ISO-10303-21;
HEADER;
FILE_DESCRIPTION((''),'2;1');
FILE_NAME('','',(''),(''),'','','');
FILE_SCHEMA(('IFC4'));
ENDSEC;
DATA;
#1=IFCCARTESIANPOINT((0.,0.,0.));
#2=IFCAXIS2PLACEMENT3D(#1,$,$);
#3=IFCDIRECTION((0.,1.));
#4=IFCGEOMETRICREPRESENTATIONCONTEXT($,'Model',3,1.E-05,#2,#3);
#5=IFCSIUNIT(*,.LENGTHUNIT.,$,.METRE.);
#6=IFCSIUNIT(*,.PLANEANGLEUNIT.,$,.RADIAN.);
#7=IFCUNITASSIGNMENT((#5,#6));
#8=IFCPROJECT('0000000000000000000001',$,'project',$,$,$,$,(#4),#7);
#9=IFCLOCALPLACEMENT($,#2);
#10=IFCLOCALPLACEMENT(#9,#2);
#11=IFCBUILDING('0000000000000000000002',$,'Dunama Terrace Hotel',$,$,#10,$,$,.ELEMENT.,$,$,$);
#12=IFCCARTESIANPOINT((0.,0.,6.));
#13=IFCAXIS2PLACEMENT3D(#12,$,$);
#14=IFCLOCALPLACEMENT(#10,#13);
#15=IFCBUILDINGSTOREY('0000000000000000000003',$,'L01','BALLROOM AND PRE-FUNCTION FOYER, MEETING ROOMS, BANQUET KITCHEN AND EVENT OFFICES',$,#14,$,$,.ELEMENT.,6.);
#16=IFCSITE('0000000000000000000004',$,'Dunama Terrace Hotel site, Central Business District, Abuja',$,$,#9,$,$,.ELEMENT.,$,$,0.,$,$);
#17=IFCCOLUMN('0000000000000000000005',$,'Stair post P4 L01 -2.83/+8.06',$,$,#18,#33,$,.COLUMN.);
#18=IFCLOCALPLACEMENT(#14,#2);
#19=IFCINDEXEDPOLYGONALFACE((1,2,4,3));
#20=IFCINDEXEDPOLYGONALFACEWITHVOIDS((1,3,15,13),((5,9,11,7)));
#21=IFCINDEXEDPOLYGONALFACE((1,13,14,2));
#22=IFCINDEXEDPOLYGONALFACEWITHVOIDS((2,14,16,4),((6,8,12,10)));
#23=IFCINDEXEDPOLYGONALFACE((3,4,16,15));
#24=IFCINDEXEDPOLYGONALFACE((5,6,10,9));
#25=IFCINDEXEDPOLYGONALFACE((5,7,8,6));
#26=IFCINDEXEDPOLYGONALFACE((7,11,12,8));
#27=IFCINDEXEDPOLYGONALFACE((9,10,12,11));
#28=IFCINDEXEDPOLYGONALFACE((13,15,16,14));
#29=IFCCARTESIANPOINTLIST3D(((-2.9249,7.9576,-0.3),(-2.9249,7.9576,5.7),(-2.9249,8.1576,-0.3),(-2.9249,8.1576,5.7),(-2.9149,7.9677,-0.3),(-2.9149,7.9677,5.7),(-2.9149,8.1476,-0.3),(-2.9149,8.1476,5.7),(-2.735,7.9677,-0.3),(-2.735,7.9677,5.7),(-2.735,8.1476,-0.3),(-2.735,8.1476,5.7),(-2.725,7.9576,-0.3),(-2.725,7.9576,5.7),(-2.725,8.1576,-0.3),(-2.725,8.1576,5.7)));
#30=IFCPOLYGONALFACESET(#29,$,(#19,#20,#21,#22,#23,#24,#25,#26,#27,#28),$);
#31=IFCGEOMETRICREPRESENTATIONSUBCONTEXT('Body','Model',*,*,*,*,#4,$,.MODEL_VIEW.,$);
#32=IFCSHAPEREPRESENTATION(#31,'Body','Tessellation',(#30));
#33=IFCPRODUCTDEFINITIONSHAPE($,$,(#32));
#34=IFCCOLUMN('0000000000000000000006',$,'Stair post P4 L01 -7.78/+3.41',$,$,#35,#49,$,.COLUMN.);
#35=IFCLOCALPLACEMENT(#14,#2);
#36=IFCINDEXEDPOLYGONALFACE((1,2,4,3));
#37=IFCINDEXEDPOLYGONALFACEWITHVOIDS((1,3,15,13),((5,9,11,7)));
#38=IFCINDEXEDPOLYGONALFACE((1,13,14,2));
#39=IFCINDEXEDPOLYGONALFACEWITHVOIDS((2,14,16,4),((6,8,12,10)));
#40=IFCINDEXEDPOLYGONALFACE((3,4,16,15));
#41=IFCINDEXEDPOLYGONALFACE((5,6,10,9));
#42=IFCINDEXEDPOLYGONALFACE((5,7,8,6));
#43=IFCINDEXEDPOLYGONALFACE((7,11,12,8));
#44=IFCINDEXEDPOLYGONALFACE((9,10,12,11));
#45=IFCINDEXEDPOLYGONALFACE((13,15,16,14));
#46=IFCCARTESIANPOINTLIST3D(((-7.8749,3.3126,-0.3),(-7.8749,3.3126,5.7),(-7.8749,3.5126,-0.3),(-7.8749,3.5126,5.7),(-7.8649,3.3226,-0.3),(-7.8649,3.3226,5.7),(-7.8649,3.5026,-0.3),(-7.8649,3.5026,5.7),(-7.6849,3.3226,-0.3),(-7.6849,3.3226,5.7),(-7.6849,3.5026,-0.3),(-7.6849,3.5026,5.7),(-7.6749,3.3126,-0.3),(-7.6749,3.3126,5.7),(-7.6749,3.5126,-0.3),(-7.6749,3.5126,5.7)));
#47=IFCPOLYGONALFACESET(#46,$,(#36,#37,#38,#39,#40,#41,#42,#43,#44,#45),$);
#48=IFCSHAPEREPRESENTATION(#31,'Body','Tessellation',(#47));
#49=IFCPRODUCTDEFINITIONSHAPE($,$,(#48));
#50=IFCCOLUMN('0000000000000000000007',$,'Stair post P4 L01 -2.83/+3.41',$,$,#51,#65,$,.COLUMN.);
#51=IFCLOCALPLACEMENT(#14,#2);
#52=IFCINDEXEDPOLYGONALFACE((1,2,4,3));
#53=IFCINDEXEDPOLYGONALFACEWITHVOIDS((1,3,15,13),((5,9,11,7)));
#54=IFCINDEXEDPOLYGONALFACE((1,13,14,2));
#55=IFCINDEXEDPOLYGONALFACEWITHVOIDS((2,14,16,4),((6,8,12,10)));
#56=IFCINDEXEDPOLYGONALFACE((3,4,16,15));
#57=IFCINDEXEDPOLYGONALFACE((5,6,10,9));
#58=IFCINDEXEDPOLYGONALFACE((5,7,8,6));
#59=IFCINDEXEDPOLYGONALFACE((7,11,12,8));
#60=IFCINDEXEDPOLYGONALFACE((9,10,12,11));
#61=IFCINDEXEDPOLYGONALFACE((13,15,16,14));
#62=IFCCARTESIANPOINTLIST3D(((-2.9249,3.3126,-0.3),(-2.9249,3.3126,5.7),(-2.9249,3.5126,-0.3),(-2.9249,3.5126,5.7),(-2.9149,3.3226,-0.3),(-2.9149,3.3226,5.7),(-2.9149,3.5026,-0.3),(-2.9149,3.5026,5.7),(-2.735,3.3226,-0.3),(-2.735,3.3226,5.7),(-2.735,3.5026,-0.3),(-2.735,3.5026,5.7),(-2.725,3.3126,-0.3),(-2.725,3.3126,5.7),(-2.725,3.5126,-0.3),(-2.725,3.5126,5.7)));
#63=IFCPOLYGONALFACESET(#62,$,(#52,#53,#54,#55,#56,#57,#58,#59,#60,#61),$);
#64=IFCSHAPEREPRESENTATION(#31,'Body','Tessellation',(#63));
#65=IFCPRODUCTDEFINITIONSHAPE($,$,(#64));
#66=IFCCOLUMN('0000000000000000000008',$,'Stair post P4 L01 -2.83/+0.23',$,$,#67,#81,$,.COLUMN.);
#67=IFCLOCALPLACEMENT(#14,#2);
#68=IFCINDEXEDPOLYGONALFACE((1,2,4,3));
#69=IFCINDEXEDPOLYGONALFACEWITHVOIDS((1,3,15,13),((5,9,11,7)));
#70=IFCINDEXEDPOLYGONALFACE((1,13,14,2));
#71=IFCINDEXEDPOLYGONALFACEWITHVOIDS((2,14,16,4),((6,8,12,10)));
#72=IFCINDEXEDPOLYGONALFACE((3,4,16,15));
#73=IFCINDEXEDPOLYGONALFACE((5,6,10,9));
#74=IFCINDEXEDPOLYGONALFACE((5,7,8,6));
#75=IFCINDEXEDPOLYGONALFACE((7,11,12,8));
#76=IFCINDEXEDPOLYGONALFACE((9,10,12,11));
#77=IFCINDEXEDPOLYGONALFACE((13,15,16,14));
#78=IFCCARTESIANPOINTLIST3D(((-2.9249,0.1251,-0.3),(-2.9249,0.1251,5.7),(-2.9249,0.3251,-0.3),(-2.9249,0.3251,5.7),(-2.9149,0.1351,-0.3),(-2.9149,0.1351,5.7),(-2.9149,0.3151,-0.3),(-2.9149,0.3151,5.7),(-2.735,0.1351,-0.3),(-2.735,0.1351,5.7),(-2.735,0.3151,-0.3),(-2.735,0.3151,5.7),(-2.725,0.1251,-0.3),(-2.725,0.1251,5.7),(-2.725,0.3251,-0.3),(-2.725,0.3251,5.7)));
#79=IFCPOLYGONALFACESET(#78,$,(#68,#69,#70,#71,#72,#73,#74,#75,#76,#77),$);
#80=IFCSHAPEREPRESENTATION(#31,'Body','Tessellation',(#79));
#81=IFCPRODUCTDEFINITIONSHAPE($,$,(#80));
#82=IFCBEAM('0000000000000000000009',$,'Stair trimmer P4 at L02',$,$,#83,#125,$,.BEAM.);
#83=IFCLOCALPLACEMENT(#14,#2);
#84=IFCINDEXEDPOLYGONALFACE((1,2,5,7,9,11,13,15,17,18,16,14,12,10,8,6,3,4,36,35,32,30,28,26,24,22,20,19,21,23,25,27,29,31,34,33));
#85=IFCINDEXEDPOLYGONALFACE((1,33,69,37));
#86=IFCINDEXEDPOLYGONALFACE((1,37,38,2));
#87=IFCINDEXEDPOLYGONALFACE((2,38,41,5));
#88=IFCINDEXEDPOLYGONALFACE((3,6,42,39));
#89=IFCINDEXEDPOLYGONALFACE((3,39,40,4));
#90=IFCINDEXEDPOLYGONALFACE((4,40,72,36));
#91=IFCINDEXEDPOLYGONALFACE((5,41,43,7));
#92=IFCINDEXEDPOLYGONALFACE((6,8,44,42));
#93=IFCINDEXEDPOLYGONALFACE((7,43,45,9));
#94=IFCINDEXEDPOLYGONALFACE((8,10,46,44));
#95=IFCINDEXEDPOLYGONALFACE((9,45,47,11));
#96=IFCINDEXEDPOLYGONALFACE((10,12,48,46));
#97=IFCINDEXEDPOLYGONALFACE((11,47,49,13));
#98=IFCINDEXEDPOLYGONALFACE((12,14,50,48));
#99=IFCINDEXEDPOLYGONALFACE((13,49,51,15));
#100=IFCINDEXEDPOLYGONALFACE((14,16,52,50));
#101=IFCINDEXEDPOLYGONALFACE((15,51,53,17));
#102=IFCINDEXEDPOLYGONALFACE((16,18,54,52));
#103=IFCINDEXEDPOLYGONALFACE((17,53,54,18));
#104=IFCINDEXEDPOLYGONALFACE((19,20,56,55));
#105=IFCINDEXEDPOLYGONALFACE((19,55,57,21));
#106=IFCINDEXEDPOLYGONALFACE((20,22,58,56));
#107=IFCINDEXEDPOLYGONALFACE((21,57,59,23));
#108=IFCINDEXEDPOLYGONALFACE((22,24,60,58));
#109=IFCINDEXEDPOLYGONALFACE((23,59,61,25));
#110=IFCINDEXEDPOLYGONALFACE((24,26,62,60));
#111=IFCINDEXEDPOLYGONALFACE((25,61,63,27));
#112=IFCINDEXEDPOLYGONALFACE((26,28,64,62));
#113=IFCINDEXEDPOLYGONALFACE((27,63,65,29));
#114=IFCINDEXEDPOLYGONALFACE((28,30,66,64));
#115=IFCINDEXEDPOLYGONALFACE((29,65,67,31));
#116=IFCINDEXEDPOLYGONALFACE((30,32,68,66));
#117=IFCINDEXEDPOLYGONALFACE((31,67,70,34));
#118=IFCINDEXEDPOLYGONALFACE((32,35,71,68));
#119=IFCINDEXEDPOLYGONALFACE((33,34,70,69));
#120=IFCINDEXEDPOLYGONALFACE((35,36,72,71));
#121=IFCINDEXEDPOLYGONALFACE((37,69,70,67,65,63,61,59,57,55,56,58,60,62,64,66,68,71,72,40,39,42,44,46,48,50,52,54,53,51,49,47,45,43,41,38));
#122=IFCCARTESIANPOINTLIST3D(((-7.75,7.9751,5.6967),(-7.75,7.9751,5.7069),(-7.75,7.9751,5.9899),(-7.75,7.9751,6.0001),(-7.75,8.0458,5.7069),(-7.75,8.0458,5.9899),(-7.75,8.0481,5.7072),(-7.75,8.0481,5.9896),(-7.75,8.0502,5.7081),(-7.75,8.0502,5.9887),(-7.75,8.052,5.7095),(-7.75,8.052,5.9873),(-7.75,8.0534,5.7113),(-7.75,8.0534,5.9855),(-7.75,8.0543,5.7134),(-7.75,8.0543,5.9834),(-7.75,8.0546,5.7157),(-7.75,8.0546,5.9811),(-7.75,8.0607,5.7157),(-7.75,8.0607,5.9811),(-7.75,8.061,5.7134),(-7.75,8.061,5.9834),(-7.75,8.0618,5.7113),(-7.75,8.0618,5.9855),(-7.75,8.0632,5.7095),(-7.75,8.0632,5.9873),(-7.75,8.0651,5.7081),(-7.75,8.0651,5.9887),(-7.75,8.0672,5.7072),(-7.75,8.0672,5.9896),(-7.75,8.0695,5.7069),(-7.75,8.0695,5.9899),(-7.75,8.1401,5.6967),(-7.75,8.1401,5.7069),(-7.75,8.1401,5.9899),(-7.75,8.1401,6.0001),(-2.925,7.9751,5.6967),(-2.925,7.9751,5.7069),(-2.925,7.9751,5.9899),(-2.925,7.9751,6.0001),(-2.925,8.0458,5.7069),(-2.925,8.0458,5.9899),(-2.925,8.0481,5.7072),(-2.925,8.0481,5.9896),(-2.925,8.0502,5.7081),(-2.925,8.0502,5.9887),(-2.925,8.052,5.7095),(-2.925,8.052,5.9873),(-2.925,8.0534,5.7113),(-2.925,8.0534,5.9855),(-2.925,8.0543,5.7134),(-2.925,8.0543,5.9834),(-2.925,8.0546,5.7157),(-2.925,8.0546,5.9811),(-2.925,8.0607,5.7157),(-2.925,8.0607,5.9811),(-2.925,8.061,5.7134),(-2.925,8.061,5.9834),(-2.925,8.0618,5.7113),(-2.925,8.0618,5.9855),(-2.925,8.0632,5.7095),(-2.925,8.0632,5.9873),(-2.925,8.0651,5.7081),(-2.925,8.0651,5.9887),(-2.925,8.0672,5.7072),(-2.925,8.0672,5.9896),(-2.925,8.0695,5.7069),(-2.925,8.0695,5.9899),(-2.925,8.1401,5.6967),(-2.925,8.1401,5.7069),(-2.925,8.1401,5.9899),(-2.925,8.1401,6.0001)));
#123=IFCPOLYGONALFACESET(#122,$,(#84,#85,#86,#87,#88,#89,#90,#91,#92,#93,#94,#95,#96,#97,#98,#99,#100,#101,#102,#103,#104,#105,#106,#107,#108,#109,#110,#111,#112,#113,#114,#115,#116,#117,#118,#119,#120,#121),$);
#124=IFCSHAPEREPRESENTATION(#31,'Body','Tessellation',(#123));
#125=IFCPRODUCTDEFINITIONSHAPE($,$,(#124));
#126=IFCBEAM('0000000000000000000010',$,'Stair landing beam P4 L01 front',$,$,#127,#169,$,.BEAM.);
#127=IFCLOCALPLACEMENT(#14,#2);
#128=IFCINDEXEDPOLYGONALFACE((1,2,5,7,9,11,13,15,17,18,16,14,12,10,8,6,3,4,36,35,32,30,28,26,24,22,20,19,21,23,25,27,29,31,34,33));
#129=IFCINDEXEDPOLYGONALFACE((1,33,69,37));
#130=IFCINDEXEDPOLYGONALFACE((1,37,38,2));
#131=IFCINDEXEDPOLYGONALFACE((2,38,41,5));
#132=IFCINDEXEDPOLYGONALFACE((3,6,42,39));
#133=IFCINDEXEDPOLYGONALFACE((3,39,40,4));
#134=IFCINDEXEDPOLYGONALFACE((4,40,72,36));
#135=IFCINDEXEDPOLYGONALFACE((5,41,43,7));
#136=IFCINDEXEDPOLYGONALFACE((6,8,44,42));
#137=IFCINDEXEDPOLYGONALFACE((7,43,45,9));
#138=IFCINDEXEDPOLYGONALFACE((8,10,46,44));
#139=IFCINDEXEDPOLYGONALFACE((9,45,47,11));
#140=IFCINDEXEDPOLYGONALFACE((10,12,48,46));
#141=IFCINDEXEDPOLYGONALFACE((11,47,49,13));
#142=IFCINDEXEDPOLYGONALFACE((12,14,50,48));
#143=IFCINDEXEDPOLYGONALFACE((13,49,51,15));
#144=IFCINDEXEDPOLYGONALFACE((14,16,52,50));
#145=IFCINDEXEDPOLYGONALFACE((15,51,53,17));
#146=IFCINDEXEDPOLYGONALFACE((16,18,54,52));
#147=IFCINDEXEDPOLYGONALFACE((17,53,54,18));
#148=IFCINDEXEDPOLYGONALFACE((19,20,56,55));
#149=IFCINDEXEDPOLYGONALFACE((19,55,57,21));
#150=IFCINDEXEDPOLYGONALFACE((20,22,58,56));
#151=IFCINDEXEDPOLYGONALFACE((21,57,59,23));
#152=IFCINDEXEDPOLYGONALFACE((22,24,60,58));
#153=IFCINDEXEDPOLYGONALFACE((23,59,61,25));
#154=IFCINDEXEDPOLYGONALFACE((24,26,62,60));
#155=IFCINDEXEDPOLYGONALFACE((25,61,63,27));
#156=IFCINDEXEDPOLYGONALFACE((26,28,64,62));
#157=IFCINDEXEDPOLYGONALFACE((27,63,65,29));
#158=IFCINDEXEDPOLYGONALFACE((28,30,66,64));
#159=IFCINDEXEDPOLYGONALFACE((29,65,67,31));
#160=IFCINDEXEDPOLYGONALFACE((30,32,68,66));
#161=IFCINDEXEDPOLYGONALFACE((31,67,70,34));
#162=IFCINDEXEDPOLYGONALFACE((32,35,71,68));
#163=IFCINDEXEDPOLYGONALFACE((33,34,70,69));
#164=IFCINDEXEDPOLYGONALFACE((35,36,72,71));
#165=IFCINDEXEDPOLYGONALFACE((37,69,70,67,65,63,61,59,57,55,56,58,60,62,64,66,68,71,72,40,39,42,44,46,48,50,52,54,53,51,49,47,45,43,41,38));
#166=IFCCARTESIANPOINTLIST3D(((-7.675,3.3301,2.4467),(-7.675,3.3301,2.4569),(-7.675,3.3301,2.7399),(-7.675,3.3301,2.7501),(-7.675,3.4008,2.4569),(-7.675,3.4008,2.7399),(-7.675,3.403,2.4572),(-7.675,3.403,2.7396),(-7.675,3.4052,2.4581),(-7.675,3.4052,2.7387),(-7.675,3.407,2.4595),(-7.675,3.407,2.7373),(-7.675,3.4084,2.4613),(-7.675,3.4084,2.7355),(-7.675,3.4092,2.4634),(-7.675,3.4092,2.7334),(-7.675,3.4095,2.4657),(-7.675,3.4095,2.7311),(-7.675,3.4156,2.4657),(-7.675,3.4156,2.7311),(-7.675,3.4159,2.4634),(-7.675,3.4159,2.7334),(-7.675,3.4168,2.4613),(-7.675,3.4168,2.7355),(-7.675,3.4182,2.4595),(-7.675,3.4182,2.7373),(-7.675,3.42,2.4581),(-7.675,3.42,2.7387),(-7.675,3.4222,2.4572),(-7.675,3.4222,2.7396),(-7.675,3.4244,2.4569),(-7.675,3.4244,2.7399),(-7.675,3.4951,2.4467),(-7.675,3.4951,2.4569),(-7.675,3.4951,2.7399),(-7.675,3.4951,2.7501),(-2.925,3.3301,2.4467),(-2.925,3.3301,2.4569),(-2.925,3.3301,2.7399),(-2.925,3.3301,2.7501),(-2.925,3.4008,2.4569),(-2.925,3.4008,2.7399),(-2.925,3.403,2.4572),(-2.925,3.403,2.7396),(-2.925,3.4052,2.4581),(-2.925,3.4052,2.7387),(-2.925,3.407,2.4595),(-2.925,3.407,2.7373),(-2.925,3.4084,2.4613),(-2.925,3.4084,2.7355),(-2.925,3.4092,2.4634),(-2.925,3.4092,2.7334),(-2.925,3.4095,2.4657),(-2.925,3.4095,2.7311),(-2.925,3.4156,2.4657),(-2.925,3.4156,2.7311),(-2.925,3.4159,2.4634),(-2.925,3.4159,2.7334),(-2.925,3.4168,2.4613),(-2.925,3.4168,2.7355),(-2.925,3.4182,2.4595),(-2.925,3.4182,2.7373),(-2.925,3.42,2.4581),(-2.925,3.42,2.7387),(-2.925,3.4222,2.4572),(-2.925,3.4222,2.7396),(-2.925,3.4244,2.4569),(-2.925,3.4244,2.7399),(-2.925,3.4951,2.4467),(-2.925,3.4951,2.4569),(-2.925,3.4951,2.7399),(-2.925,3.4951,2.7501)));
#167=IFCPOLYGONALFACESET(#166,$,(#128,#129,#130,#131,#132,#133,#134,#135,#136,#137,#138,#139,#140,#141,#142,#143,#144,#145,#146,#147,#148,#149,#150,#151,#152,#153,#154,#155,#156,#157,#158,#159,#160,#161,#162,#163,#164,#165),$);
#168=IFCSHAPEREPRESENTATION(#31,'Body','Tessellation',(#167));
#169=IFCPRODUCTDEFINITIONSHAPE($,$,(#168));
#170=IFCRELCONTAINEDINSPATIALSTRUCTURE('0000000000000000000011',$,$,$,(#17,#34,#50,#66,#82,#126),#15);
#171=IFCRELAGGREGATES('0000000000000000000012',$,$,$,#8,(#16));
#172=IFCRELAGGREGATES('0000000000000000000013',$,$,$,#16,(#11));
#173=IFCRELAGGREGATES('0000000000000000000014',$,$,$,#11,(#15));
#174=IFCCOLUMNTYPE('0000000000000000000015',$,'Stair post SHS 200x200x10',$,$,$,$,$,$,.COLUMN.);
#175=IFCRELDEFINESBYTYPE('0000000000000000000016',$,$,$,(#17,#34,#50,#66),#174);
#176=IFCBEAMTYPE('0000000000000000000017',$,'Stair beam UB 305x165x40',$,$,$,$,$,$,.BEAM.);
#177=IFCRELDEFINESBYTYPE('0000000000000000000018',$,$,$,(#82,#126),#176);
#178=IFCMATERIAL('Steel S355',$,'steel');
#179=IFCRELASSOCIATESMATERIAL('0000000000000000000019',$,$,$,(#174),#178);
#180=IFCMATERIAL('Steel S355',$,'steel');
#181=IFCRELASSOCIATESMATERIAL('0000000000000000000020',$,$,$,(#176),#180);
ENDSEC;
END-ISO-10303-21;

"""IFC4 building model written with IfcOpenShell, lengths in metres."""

from ifc_helpers import new_model, si_unit, direction, frame, origin, origin_2d, place, context, subcontext, project, spatial, hollow_rectangle, i_section, extrude, material, material_profile, profile_set, type_object, element, save


model = new_model("IFC4")

# Units and contexts
model_context = context("Model", 3, precision=1e-05, world=origin(), true_north=direction((0.0, 1.0)))
body_context = subcontext(model_context, "Body", "Model", "MODEL_VIEW")
ifc_project = project(units=[si_unit("LENGTHUNIT", "METRE"), si_unit("PLANEANGLEUNIT", "RADIAN")], contexts=[model_context])

# Site, building, storey
site_placement = place(None, origin())
site = spatial("IfcSite", under=ifc_project, at=site_placement, Name="Dunama Terrace Hotel site, Central Business District, Abuja", CompositionType="ELEMENT", RefElevation=0.0)
building_placement = place(site_placement, origin())
building = spatial("IfcBuilding", under=site, at=building_placement, Name="Dunama Terrace Hotel", CompositionType="ELEMENT")
storey_placement = place(building_placement, frame((0.0, 0.0, 6.0)))
storey = spatial("IfcBuildingStorey", under=building, at=storey_placement, Name="L01", Description="BALLROOM AND PRE-FUNCTION FOYER, MEETING ROOMS, BANQUET KITCHEN AND EVENT OFFICES", CompositionType="ELEMENT", Elevation=6.0)

# Columns
ifc_material_1 = material(Name="Steel S355", Category="steel")
ifc_material_profile_1 = material_profile(ifc_material_1, hollow_rectangle(XDim=0.2, YDim=0.2, WallThickness=0.01, at=origin_2d()), Name="SHS 200x200x10")
ifc_profile_set_1 = profile_set([ifc_material_profile_1], Name="Steel S355")
column_type = type_object("IfcColumnType", Name="Stair post SHS 200x200x10", PredefinedType="COLUMN", material=ifc_profile_set_1)
for number, where, z_axis, x_axis, name in (
    (1, (-2.825, 8.0576, -0.3), (0.0, 0.0, 1.0), (1.0, 0.0, 0.0), "Stair post P4 L01 -2.83/+8.06"),
    (2, (-7.7749, 3.4126, -0.3), (0.0, 0.0, 1.0), (1.0, 0.0, 0.0), "Stair post P4 L01 -7.78/+3.41"),
    (3, (-2.825, 3.4126, -0.3), (0.0, 0.0, 1.0), (1.0, 0.0, 0.0), "Stair post P4 L01 -2.83/+3.41"),
    (4, (-2.825, 0.2251, -0.3), (0.0, 0.0, 1.0), (1.0, 0.0, 0.0), "Stair post P4 L01 -2.83/+0.23"),
):
    element("IfcColumn", number, at=place(storey_placement, frame(where, z_axis=z_axis, x_axis=x_axis)), inside=storey, type_object=column_type, Name=name, PredefinedType="COLUMN", context=body_context, shape_type="SweptSolid", body=[
        extrude(hollow_rectangle(XDim=0.2, YDim=0.2, WallThickness=0.01, at=origin_2d()), origin(), (0.0, 0.0, 1.0), 6.0),
    ])

# Beams
ifc_material_2 = material(Name="Steel S355", Category="steel")
ifc_material_profile_2 = material_profile(ifc_material_2, i_section(OverallWidth=0.165, OverallDepth=0.3035, WebThickness=0.0061, FlangeThickness=0.0103, FilletRadius=0.0088, at=origin_2d()), Name="UB 305x165x40")
ifc_profile_set_2 = profile_set([ifc_material_profile_2], Name="Steel S355")
beam_type = type_object("IfcBeamType", Name="Stair beam UB 305x165x40", PredefinedType="BEAM", material=ifc_profile_set_2)
beam_placement = place(storey_placement, frame((-7.75, 8.0576, 5.8484), z_axis=(1.0, 0.0, 0.0), x_axis=(0.0, 1.0, 0.0)))
element("IfcBeam", 5, at=beam_placement, inside=storey, type_object=beam_type, Name="Stair trimmer P4 at L02", PredefinedType="BEAM", context=body_context, shape_type="SweptSolid", body=[
    extrude(i_section(OverallWidth=0.165, OverallDepth=0.3035, WebThickness=0.0061, FlangeThickness=0.0103, FilletRadius=0.0088, at=origin_2d()), origin(), (0.0, 0.0, 1.0), 4.825),
])
for number, where, z_axis, x_axis, name in (
    (6, (-7.675, 3.4126, 2.5984), (1.0, 0.0, 0.0), (0.0, 1.0, 0.0), "Stair landing beam P4 L01 front"),
):
    element("IfcBeam", number, at=place(storey_placement, frame(where, z_axis=z_axis, x_axis=x_axis)), inside=storey, type_object=beam_type, Name=name, PredefinedType="BEAM", context=body_context, shape_type="SweptSolid", body=[
        extrude(i_section(OverallWidth=0.165, OverallDepth=0.3035, WebThickness=0.0061, FlangeThickness=0.0103, FilletRadius=0.0088, at=origin_2d()), origin(), (0.0, 0.0, 1.0), 4.75),
    ])

save(model, "model.ifc")
